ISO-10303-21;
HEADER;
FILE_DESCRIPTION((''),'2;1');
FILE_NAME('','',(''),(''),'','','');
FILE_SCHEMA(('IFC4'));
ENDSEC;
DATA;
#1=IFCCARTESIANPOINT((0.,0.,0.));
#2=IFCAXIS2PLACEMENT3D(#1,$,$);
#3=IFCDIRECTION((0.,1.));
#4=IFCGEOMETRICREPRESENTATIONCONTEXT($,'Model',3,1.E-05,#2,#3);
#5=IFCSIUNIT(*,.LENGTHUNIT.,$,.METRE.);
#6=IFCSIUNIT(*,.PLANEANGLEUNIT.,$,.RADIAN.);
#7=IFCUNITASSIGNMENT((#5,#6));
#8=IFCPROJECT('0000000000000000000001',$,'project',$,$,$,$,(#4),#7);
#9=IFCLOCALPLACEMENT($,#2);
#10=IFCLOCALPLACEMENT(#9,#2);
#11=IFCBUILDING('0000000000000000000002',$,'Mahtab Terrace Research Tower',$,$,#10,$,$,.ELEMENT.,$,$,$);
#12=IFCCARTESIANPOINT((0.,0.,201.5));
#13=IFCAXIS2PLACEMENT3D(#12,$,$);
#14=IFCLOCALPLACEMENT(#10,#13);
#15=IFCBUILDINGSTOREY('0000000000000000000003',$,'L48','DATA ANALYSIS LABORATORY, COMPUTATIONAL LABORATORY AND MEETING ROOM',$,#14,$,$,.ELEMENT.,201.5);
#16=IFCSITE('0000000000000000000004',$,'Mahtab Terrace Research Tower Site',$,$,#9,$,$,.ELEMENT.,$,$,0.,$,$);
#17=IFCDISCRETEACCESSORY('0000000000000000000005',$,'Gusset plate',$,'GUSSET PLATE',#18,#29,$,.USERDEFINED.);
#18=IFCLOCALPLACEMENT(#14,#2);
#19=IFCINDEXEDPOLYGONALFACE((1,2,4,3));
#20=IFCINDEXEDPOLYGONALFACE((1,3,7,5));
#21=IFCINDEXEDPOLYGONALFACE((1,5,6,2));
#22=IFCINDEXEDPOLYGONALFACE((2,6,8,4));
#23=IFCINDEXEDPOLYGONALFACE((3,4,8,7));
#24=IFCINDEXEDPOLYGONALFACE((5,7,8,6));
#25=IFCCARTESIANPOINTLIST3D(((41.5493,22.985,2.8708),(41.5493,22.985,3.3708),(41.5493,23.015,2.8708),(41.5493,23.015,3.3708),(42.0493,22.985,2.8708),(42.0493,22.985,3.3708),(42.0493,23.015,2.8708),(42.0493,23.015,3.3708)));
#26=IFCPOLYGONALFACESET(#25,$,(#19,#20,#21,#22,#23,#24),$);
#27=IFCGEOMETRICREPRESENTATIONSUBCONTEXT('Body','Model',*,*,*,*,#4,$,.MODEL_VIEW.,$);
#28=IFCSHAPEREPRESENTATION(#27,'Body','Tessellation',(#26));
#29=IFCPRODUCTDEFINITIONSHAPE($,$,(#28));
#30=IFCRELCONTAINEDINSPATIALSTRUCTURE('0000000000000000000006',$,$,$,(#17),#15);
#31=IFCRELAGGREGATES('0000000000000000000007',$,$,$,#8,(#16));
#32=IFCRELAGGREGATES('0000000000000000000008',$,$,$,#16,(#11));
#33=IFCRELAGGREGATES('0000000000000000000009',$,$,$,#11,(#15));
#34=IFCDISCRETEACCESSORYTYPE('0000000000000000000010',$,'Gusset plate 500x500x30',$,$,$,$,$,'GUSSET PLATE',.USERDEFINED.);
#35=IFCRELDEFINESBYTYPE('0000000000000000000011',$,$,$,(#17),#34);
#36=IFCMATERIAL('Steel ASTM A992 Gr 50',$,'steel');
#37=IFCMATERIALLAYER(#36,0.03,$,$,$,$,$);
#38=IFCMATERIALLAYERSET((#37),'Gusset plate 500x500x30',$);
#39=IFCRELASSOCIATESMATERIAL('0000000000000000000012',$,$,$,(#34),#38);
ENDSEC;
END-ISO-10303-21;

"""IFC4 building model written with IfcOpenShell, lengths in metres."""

from ifc_helpers import new_model, si_unit, direction, frame, origin, origin_2d, place, context, subcontext, project, spatial, rectangle, extrude, material, layer, layer_set, type_object, element, save


model = new_model("IFC4")

# Units and contexts
model_context = context("Model", 3, precision=1e-05, world=origin(), true_north=direction((0.0, 1.0)))
body_context = subcontext(model_context, "Body", "Model", "MODEL_VIEW")
ifc_project = project(units=[si_unit("LENGTHUNIT", "METRE"), si_unit("PLANEANGLEUNIT", "RADIAN")], contexts=[model_context])

# Site, building, storey
site_placement = place(None, origin())
site = spatial("IfcSite", under=ifc_project, at=site_placement, Name="Mahtab Terrace Research Tower Site", CompositionType="ELEMENT", RefElevation=0.0)
building_placement = place(site_placement, origin())
building = spatial("IfcBuilding", under=site, at=building_placement, Name="Mahtab Terrace Research Tower", CompositionType="ELEMENT")
storey_placement = place(building_placement, frame((0.0, 0.0, 201.5)))
storey = spatial("IfcBuildingStorey", under=building, at=storey_placement, Name="L48", Description="DATA ANALYSIS LABORATORY, COMPUTATIONAL LABORATORY AND MEETING ROOM", CompositionType="ELEMENT", Elevation=201.5)

# Shared definitions
ifc_material_1 = material(Name="Steel ASTM A992 Gr 50", Category="steel")

# Discrete accessory
ifc_layer_1 = layer(ifc_material_1, 0.03)
ifc_layer_set_1 = layer_set([ifc_layer_1], Name="Gusset plate 500x500x30")
discrete_accessory_type = type_object("IfcDiscreteAccessoryType", Name="Gusset plate 500x500x30", ElementType="GUSSET PLATE", PredefinedType="USERDEFINED", material=ifc_layer_set_1)
for number, where, z_axis, x_axis, name in (
    (1, (41.7993, 23.0, 2.8708), (0.0, 0.0, 1.0), (1.0, 0.0, 0.0), "Gusset plate"),
):
    element("IfcDiscreteAccessory", number, at=place(storey_placement, frame(where, z_axis=z_axis, x_axis=x_axis)), inside=storey, type_object=discrete_accessory_type, Name=name, ObjectType="GUSSET PLATE", PredefinedType="USERDEFINED", context=body_context, shape_type="SweptSolid", body=[
        extrude(rectangle(XDim=0.5, YDim=0.03, at=origin_2d()), origin(), (0.0, 0.0, 1.0), 0.5),
    ])

save(model, "model.ifc")
